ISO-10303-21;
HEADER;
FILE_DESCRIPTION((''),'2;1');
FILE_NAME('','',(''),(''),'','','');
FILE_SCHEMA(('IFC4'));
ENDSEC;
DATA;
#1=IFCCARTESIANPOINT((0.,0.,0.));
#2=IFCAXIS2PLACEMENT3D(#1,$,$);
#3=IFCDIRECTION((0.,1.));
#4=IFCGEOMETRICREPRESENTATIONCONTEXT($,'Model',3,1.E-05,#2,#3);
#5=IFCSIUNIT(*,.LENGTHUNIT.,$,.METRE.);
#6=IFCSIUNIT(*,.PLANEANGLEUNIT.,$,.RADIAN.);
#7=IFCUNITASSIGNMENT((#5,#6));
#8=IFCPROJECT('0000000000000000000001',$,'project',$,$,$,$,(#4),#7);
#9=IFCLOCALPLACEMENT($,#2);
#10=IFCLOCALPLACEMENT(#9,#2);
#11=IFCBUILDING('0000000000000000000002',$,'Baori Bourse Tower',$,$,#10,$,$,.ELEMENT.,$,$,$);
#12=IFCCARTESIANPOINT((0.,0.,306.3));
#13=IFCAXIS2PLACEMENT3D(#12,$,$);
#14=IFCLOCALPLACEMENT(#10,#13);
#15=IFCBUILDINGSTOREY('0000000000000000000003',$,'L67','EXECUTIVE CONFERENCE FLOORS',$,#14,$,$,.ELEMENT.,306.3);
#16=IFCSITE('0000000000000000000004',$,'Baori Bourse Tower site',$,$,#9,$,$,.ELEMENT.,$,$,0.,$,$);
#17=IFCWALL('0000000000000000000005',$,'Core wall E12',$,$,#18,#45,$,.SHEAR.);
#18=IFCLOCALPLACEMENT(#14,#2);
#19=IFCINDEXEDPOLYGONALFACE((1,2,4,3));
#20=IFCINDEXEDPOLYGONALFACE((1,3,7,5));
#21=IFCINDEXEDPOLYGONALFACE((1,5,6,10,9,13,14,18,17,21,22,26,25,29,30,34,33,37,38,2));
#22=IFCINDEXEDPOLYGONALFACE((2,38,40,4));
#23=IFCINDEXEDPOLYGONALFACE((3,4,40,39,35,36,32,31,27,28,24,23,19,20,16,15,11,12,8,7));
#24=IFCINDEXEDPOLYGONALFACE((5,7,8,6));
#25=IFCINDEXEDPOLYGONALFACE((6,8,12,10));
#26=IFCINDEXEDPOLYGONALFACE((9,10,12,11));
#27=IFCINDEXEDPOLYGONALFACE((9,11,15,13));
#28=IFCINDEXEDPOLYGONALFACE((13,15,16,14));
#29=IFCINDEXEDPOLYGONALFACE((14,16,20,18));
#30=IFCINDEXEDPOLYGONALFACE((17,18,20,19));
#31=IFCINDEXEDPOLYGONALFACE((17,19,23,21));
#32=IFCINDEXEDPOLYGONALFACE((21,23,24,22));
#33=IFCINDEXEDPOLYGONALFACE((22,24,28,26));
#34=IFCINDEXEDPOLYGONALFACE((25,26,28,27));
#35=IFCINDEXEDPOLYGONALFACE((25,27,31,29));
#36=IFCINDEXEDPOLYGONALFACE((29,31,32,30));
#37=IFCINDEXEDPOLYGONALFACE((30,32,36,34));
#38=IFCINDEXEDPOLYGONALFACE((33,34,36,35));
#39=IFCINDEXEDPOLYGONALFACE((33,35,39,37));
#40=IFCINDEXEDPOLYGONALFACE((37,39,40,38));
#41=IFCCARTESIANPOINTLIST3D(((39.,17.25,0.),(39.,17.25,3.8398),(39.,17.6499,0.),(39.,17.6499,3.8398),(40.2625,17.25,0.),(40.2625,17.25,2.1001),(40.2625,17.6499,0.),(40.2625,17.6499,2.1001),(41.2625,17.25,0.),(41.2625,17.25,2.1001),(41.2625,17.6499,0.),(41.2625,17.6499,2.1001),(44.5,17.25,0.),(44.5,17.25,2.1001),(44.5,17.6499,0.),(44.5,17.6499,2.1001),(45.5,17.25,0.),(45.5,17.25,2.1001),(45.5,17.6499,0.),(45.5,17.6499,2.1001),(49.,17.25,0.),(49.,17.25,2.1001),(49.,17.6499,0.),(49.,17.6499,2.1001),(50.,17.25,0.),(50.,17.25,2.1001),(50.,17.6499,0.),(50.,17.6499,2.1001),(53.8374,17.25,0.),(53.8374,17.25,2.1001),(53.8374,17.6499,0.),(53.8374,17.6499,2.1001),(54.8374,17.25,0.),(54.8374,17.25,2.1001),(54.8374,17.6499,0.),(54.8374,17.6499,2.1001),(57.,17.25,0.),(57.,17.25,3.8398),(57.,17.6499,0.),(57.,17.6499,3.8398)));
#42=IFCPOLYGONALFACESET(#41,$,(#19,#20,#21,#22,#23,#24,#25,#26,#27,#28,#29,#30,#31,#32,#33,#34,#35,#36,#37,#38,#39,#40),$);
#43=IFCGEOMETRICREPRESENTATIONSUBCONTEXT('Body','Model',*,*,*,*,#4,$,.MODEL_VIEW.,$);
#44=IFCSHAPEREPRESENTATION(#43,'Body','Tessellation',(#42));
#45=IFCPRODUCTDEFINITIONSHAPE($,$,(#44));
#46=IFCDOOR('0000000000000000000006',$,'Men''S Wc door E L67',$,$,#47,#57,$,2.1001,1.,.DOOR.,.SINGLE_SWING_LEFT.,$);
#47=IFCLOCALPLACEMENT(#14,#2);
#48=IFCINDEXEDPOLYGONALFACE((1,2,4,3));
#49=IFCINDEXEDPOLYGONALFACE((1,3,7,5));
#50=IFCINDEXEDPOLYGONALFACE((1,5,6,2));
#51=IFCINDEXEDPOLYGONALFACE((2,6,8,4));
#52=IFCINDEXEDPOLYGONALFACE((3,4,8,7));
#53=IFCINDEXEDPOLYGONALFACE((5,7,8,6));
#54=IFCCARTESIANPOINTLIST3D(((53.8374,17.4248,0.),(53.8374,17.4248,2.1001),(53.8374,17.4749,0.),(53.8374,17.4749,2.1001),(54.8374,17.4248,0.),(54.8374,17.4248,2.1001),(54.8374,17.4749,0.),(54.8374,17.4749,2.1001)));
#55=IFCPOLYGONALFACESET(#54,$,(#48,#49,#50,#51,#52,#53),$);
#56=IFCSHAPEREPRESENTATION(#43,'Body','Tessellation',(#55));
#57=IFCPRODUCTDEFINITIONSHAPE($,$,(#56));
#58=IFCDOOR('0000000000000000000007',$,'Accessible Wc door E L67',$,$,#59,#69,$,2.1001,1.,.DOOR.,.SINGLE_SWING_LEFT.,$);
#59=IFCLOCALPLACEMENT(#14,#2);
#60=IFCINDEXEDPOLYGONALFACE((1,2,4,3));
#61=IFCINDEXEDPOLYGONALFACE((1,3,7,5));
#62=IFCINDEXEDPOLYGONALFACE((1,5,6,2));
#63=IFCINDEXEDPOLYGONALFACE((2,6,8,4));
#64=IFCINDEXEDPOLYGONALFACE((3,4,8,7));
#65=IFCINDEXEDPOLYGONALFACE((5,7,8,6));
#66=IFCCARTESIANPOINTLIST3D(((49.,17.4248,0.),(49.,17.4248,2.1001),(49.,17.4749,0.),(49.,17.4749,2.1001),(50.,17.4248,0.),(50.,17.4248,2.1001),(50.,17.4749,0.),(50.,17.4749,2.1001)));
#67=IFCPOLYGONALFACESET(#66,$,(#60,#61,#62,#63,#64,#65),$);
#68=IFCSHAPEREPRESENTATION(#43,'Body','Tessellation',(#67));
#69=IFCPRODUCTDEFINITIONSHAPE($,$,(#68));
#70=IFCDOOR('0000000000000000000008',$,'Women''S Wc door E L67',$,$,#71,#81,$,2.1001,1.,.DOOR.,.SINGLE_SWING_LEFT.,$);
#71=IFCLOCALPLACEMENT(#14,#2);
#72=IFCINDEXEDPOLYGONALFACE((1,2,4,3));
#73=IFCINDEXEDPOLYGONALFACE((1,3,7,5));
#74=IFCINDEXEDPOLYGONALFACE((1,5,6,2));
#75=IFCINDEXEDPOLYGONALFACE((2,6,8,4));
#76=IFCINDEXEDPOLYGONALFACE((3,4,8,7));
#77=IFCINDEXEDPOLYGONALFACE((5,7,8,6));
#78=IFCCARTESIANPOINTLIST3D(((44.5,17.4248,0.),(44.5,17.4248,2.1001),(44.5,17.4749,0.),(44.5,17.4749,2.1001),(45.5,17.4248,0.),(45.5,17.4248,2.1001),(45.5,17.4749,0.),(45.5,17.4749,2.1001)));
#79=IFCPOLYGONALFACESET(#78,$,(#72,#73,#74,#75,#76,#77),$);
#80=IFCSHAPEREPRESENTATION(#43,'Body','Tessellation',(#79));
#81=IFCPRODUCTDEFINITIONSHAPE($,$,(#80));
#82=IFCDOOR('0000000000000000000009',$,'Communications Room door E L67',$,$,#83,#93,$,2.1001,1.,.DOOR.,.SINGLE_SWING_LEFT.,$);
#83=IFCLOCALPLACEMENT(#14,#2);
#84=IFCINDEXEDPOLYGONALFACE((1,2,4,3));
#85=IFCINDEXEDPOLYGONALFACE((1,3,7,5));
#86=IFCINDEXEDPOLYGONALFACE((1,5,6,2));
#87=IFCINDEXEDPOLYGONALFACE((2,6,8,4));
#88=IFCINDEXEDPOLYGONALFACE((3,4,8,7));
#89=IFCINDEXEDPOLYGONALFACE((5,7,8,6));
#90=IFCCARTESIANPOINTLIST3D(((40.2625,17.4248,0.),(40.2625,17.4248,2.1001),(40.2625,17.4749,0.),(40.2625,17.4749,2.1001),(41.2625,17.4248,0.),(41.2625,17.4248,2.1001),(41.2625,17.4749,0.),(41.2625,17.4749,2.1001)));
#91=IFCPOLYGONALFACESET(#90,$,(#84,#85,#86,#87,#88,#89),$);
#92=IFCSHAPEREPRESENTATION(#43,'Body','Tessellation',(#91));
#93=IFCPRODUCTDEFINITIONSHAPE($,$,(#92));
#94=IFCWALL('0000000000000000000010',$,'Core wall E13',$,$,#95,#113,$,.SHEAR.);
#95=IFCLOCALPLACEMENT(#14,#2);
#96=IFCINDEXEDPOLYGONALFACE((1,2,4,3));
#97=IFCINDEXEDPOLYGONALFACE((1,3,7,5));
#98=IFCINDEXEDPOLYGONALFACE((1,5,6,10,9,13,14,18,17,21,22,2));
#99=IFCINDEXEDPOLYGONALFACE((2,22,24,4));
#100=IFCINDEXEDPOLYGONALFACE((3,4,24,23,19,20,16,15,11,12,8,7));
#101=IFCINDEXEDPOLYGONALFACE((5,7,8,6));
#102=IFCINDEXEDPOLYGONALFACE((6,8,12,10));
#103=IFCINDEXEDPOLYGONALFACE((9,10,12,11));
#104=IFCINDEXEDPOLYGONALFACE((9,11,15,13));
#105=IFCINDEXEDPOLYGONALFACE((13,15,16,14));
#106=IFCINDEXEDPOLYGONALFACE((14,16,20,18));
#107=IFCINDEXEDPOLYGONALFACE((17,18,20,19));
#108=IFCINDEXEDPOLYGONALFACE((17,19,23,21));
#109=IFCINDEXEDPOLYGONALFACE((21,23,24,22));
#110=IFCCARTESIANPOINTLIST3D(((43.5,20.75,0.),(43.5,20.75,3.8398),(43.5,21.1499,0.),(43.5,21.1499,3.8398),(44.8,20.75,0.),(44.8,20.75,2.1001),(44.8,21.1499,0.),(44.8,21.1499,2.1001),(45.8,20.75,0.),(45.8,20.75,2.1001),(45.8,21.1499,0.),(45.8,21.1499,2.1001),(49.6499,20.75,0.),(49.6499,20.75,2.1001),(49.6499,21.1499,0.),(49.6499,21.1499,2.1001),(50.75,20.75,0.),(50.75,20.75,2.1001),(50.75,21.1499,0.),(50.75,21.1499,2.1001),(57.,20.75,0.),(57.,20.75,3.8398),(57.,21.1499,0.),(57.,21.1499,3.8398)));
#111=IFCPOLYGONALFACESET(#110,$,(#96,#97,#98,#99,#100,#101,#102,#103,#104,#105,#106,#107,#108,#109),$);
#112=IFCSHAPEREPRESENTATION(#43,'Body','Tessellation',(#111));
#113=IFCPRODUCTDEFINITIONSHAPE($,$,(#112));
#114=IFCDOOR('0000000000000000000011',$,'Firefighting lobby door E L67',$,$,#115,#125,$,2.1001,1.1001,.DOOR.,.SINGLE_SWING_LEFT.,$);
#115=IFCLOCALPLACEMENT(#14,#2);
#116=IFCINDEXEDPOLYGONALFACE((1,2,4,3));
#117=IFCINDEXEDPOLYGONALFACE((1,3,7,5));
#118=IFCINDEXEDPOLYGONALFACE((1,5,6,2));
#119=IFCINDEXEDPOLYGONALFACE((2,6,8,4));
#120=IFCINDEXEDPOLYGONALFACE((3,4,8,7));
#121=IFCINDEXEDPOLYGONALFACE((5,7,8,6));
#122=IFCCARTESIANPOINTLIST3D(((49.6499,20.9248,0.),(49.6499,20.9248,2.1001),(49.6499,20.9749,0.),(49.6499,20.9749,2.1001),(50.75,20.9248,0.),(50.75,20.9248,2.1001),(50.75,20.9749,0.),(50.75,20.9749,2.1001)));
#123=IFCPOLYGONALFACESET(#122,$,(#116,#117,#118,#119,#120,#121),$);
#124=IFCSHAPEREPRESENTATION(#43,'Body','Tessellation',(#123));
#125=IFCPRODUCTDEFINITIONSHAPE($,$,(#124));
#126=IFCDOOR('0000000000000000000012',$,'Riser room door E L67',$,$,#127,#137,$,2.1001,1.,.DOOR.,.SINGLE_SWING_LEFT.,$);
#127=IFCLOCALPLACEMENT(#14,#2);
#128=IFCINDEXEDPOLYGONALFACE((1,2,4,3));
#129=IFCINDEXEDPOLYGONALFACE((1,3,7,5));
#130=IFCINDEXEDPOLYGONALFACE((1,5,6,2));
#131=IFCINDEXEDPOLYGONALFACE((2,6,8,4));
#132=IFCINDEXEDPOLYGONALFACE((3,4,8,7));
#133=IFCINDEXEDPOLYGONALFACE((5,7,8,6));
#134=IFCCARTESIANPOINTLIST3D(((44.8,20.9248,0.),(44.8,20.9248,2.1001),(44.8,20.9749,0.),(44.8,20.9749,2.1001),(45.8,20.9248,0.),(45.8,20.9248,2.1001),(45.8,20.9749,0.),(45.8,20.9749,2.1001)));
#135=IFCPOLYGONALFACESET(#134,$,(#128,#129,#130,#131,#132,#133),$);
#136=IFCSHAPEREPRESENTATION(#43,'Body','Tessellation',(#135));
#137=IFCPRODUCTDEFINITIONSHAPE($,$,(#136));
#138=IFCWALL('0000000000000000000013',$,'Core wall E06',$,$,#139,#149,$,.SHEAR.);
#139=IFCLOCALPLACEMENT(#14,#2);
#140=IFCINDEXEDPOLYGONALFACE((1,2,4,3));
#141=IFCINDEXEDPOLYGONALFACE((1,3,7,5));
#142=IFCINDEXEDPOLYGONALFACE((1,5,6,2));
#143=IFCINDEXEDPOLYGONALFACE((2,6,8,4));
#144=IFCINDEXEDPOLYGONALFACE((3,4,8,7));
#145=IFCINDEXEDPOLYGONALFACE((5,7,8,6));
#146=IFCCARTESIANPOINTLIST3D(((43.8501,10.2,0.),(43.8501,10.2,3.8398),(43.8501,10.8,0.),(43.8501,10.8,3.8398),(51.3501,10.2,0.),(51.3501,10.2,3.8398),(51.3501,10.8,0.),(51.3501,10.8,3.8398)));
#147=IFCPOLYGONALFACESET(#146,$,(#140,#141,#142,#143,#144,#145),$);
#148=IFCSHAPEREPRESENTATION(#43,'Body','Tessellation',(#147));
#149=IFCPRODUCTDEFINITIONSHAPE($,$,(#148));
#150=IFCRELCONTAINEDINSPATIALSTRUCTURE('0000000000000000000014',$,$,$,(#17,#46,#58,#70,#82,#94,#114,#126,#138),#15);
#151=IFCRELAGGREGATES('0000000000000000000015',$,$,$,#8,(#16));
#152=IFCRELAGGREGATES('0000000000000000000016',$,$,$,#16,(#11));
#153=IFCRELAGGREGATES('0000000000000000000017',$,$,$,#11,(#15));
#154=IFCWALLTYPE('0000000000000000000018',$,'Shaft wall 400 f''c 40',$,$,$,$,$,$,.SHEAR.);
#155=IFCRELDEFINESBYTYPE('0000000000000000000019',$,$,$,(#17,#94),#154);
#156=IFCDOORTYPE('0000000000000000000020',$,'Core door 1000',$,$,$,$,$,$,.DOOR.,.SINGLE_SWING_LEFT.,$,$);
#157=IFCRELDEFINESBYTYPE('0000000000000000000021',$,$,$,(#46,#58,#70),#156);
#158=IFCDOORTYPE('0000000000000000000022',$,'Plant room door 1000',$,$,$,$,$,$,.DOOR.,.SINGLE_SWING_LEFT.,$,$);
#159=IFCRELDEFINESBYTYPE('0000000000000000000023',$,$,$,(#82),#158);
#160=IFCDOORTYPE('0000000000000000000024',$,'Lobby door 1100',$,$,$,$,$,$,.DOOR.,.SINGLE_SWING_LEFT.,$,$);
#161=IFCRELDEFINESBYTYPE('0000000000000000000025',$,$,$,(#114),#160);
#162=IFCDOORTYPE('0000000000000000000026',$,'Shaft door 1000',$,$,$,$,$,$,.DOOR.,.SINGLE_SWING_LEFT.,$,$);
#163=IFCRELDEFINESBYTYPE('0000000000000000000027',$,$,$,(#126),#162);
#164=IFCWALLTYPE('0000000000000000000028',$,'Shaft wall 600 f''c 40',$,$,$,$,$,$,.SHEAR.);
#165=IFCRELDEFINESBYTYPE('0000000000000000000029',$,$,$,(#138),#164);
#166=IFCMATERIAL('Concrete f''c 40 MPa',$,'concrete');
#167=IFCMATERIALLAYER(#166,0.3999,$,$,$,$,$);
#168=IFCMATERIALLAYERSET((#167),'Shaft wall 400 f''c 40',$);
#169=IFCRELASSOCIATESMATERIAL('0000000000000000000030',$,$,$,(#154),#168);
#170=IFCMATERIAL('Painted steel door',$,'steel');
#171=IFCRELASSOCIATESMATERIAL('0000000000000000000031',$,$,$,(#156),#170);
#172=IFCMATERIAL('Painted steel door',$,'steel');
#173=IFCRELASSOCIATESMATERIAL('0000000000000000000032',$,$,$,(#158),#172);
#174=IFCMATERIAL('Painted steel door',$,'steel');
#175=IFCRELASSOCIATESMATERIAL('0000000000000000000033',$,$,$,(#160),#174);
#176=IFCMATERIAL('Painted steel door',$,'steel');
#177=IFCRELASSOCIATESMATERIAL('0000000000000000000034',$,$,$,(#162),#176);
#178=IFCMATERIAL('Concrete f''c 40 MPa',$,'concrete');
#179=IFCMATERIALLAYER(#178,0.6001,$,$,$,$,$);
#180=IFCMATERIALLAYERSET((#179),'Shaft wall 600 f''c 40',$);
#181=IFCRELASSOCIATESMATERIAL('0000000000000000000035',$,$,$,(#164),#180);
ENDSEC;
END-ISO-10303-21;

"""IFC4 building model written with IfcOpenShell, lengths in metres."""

from ifc_helpers import new_model, si_unit, direction, frame, frame_2d, origin, place, context, subcontext, project, spatial, rectangle, extrude, material, layer, layer_set, type_object, element, fill, save


model = new_model("IFC4")

# Units and contexts
model_context = context("Model", 3, precision=1e-05, world=origin(), true_north=direction((0.0, 1.0)))
body_context = subcontext(model_context, "Body", "Model", "MODEL_VIEW")
ifc_project = project(units=[si_unit("LENGTHUNIT", "METRE"), si_unit("PLANEANGLEUNIT", "RADIAN")], contexts=[model_context])

# Site, building, storey
site_placement = place(None, origin())
site = spatial("IfcSite", under=ifc_project, at=site_placement, Name="Baori Bourse Tower site", CompositionType="ELEMENT", RefElevation=0.0)
building_placement = place(site_placement, origin())
building = spatial("IfcBuilding", under=site, at=building_placement, Name="Baori Bourse Tower", CompositionType="ELEMENT")
storey_placement = place(building_placement, frame((0.0, 0.0, 306.3)))
storey = spatial("IfcBuildingStorey", under=building, at=storey_placement, Name="L67", Description="EXECUTIVE CONFERENCE FLOORS", CompositionType="ELEMENT", Elevation=306.3)

# Shared definitions
ifc_material_1 = material(Name="Concrete f'c 40 MPa", Category="concrete")
ifc_layer_1 = layer(ifc_material_1, 0.3999)
ifc_layer_set_1 = layer_set([ifc_layer_1], Name="Shaft wall 400 f'c 40")
wall_type_1 = type_object("IfcWallType", Name="Shaft wall 400 f'c 40", PredefinedType="SHEAR", material=ifc_layer_set_1)

# Walls, openings, doors
wall_1_placement = place(storey_placement, frame((39.0, 17.45, 0.0), z_axis=(0.0, 0.0, 1.0), x_axis=(1.0, 0.0, 0.0)))
wall_1 = element("IfcWall", 1, at=wall_1_placement, inside=storey, type_object=wall_type_1, Name="Core wall E12", PredefinedType="SHEAR", context=body_context, shape_type="SweptSolid", body=[
    extrude(rectangle(XDim=18.0, YDim=0.3999, at=frame_2d((9.0, 0.0))), origin(), (0.0, 0.0, 1.0), 3.8398),
])
opening_1_placement = place(wall_1_placement, frame((14.8374, 0.0, 0.0)))
opening_1 = element("IfcOpeningElement", 2, at=opening_1_placement, cuts=wall_1, PredefinedType="OPENING", context=body_context, shape_type="SweptSolid", body=[
    extrude(rectangle(XDim=1.0, YDim=2.1001, at=frame_2d((0.5, 1.05))), frame((0.0, 0.21, 0.0), z_axis=(0.0, -1.0, 0.0), x_axis=(1.0, 0.0, 0.0)), (0.0, 0.0, 1.0), 0.4199),
])
opening_2_placement = place(wall_1_placement, frame((10.0, 0.0, 0.0)))
opening_2 = element("IfcOpeningElement", 3, at=opening_2_placement, cuts=wall_1, PredefinedType="OPENING", context=body_context, shape_type="SweptSolid", body=[
    extrude(rectangle(XDim=1.0, YDim=2.1001, at=frame_2d((0.5, 1.05))), frame((0.0, 0.21, 0.0), z_axis=(0.0, -1.0, 0.0), x_axis=(1.0, 0.0, 0.0)), (0.0, 0.0, 1.0), 0.4199),
])
opening_3_placement = place(wall_1_placement, frame((5.5, 0.0, 0.0)))
opening_3 = element("IfcOpeningElement", 4, at=opening_3_placement, cuts=wall_1, PredefinedType="OPENING", context=body_context, shape_type="SweptSolid", body=[
    extrude(rectangle(XDim=1.0, YDim=2.1001, at=frame_2d((0.5, 1.05))), frame((0.0, 0.21, 0.0), z_axis=(0.0, -1.0, 0.0), x_axis=(1.0, 0.0, 0.0)), (0.0, 0.0, 1.0), 0.4199),
])
opening_4_placement = place(wall_1_placement, frame((1.2625, 0.0, 0.0)))
opening_4 = element("IfcOpeningElement", 5, at=opening_4_placement, cuts=wall_1, PredefinedType="OPENING", context=body_context, shape_type="SweptSolid", body=[
    extrude(rectangle(XDim=1.0, YDim=2.1001, at=frame_2d((0.5, 1.05))), frame((0.0, 0.21, 0.0), z_axis=(0.0, -1.0, 0.0), x_axis=(1.0, 0.0, 0.0)), (0.0, 0.0, 1.0), 0.4199),
])
ifc_material_2 = material(Name="Painted steel door", Category="steel")
door_type_1 = type_object("IfcDoorType", Name="Core door 1000", OperationType="SINGLE_SWING_LEFT", PredefinedType="DOOR", material=ifc_material_2)
door_1_placement = place(opening_1_placement, origin())
door_1 = element("IfcDoor", 6, at=door_1_placement, inside=storey, type_object=door_type_1, Name="Men'S Wc door E L67", OperationType="SINGLE_SWING_LEFT", OverallHeight=2.1001, OverallWidth=1.0, PredefinedType="DOOR", context=body_context, shape_type="SweptSolid", body=[
    extrude(rectangle(XDim=1.0, YDim=2.1001, at=frame_2d((0.5, 1.05))), frame((0.0, 0.0249, 0.0), z_axis=(0.0, -1.0, 0.0), x_axis=(1.0, 0.0, 0.0)), (0.0, 0.0, 1.0), 0.05),
])
fill(opening_1, door_1)
door_2_placement = place(opening_2_placement, origin())
door_2 = element("IfcDoor", 7, at=door_2_placement, inside=storey, type_object=door_type_1, Name="Accessible Wc door E L67", OperationType="SINGLE_SWING_LEFT", OverallHeight=2.1001, OverallWidth=1.0, PredefinedType="DOOR", context=body_context, shape_type="SweptSolid", body=[
    extrude(rectangle(XDim=1.0, YDim=2.1001, at=frame_2d((0.5, 1.05))), frame((0.0, 0.0249, 0.0), z_axis=(0.0, -1.0, 0.0), x_axis=(1.0, 0.0, 0.0)), (0.0, 0.0, 1.0), 0.05),
])
fill(opening_2, door_2)
door_3_placement = place(opening_3_placement, origin())
door_3 = element("IfcDoor", 8, at=door_3_placement, inside=storey, type_object=door_type_1, Name="Women'S Wc door E L67", OperationType="SINGLE_SWING_LEFT", OverallHeight=2.1001, OverallWidth=1.0, PredefinedType="DOOR", context=body_context, shape_type="SweptSolid", body=[
    extrude(rectangle(XDim=1.0, YDim=2.1001, at=frame_2d((0.5, 1.05))), frame((0.0, 0.0249, 0.0), z_axis=(0.0, -1.0, 0.0), x_axis=(1.0, 0.0, 0.0)), (0.0, 0.0, 1.0), 0.05),
])
fill(opening_3, door_3)
ifc_material_3 = material(Name="Painted steel door", Category="steel")
door_type_2 = type_object("IfcDoorType", Name="Plant room door 1000", OperationType="SINGLE_SWING_LEFT", PredefinedType="DOOR", material=ifc_material_3)
door_4_placement = place(opening_4_placement, origin())
door_4 = element("IfcDoor", 9, at=door_4_placement, inside=storey, type_object=door_type_2, Name="Communications Room door E L67", OperationType="SINGLE_SWING_LEFT", OverallHeight=2.1001, OverallWidth=1.0, PredefinedType="DOOR", context=body_context, shape_type="SweptSolid", body=[
    extrude(rectangle(XDim=1.0, YDim=2.1001, at=frame_2d((0.5, 1.05))), frame((0.0, 0.0249, 0.0), z_axis=(0.0, -1.0, 0.0), x_axis=(1.0, 0.0, 0.0)), (0.0, 0.0, 1.0), 0.05),
])
fill(opening_4, door_4)
wall_2_placement = place(storey_placement, frame((43.5, 20.95, 0.0), z_axis=(0.0, 0.0, 1.0), x_axis=(1.0, 0.0, 0.0)))
wall_2 = element("IfcWall", 10, at=wall_2_placement, inside=storey, type_object=wall_type_1, Name="Core wall E13", PredefinedType="SHEAR", context=body_context, shape_type="SweptSolid", body=[
    extrude(rectangle(XDim=13.5, YDim=0.3999, at=frame_2d((6.75, 0.0))), origin(), (0.0, 0.0, 1.0), 3.8398),
])
opening_5_placement = place(wall_2_placement, frame((6.1499, 0.0, 0.0)))
opening_5 = element("IfcOpeningElement", 11, at=opening_5_placement, cuts=wall_2, PredefinedType="OPENING", context=body_context, shape_type="SweptSolid", body=[
    extrude(rectangle(XDim=1.1001, YDim=2.1001, at=frame_2d((0.55, 1.05))), frame((0.0, 0.21, 0.0), z_axis=(0.0, -1.0, 0.0), x_axis=(1.0, 0.0, 0.0)), (0.0, 0.0, 1.0), 0.4199),
])
opening_6_placement = place(wall_2_placement, frame((1.3, 0.0, 0.0)))
opening_6 = element("IfcOpeningElement", 12, at=opening_6_placement, cuts=wall_2, PredefinedType="OPENING", context=body_context, shape_type="SweptSolid", body=[
    extrude(rectangle(XDim=1.0, YDim=2.1001, at=frame_2d((0.5, 1.05))), frame((0.0, 0.21, 0.0), z_axis=(0.0, -1.0, 0.0), x_axis=(1.0, 0.0, 0.0)), (0.0, 0.0, 1.0), 0.4199),
])
ifc_material_4 = material(Name="Painted steel door", Category="steel")
door_type_3 = type_object("IfcDoorType", Name="Lobby door 1100", OperationType="SINGLE_SWING_LEFT", PredefinedType="DOOR", material=ifc_material_4)
door_5_placement = place(opening_5_placement, origin())
door_5 = element("IfcDoor", 13, at=door_5_placement, inside=storey, type_object=door_type_3, Name="Firefighting lobby door E L67", OperationType="SINGLE_SWING_LEFT", OverallHeight=2.1001, OverallWidth=1.1001, PredefinedType="DOOR", context=body_context, shape_type="SweptSolid", body=[
    extrude(rectangle(XDim=1.1001, YDim=2.1001, at=frame_2d((0.55, 1.05))), frame((0.0, 0.0249, 0.0), z_axis=(0.0, -1.0, 0.0), x_axis=(1.0, 0.0, 0.0)), (0.0, 0.0, 1.0), 0.05),
])
fill(opening_5, door_5)
ifc_material_5 = material(Name="Painted steel door", Category="steel")
door_type_4 = type_object("IfcDoorType", Name="Shaft door 1000", OperationType="SINGLE_SWING_LEFT", PredefinedType="DOOR", material=ifc_material_5)
door_6_placement = place(opening_6_placement, origin())
door_6 = element("IfcDoor", 14, at=door_6_placement, inside=storey, type_object=door_type_4, Name="Riser room door E L67", OperationType="SINGLE_SWING_LEFT", OverallHeight=2.1001, OverallWidth=1.0, PredefinedType="DOOR", context=body_context, shape_type="SweptSolid", body=[
    extrude(rectangle(XDim=1.0, YDim=2.1001, at=frame_2d((0.5, 1.05))), frame((0.0, 0.0249, 0.0), z_axis=(0.0, -1.0, 0.0), x_axis=(1.0, 0.0, 0.0)), (0.0, 0.0, 1.0), 0.05),
])
fill(opening_6, door_6)

# Wall
ifc_material_6 = material(Name="Concrete f'c 40 MPa", Category="concrete")
ifc_layer_2 = layer(ifc_material_6, 0.6001)
ifc_layer_set_2 = layer_set([ifc_layer_2], Name="Shaft wall 600 f'c 40")
wall_type_2 = type_object("IfcWallType", Name="Shaft wall 600 f'c 40", PredefinedType="SHEAR", material=ifc_layer_set_2)
wall_3_placement = place(storey_placement, frame((43.8501, 10.5, 0.0), z_axis=(0.0, 0.0, 1.0), x_axis=(1.0, 0.0, 0.0)))
element("IfcWall", 15, at=wall_3_placement, inside=storey, type_object=wall_type_2, Name="Core wall E06", PredefinedType="SHEAR", context=body_context, shape_type="SweptSolid", body=[
    extrude(rectangle(XDim=7.5, YDim=0.6001, at=frame_2d((3.75, 0.0))), origin(), (0.0, 0.0, 1.0), 3.8398),
])

save(model, "model.ifc")
